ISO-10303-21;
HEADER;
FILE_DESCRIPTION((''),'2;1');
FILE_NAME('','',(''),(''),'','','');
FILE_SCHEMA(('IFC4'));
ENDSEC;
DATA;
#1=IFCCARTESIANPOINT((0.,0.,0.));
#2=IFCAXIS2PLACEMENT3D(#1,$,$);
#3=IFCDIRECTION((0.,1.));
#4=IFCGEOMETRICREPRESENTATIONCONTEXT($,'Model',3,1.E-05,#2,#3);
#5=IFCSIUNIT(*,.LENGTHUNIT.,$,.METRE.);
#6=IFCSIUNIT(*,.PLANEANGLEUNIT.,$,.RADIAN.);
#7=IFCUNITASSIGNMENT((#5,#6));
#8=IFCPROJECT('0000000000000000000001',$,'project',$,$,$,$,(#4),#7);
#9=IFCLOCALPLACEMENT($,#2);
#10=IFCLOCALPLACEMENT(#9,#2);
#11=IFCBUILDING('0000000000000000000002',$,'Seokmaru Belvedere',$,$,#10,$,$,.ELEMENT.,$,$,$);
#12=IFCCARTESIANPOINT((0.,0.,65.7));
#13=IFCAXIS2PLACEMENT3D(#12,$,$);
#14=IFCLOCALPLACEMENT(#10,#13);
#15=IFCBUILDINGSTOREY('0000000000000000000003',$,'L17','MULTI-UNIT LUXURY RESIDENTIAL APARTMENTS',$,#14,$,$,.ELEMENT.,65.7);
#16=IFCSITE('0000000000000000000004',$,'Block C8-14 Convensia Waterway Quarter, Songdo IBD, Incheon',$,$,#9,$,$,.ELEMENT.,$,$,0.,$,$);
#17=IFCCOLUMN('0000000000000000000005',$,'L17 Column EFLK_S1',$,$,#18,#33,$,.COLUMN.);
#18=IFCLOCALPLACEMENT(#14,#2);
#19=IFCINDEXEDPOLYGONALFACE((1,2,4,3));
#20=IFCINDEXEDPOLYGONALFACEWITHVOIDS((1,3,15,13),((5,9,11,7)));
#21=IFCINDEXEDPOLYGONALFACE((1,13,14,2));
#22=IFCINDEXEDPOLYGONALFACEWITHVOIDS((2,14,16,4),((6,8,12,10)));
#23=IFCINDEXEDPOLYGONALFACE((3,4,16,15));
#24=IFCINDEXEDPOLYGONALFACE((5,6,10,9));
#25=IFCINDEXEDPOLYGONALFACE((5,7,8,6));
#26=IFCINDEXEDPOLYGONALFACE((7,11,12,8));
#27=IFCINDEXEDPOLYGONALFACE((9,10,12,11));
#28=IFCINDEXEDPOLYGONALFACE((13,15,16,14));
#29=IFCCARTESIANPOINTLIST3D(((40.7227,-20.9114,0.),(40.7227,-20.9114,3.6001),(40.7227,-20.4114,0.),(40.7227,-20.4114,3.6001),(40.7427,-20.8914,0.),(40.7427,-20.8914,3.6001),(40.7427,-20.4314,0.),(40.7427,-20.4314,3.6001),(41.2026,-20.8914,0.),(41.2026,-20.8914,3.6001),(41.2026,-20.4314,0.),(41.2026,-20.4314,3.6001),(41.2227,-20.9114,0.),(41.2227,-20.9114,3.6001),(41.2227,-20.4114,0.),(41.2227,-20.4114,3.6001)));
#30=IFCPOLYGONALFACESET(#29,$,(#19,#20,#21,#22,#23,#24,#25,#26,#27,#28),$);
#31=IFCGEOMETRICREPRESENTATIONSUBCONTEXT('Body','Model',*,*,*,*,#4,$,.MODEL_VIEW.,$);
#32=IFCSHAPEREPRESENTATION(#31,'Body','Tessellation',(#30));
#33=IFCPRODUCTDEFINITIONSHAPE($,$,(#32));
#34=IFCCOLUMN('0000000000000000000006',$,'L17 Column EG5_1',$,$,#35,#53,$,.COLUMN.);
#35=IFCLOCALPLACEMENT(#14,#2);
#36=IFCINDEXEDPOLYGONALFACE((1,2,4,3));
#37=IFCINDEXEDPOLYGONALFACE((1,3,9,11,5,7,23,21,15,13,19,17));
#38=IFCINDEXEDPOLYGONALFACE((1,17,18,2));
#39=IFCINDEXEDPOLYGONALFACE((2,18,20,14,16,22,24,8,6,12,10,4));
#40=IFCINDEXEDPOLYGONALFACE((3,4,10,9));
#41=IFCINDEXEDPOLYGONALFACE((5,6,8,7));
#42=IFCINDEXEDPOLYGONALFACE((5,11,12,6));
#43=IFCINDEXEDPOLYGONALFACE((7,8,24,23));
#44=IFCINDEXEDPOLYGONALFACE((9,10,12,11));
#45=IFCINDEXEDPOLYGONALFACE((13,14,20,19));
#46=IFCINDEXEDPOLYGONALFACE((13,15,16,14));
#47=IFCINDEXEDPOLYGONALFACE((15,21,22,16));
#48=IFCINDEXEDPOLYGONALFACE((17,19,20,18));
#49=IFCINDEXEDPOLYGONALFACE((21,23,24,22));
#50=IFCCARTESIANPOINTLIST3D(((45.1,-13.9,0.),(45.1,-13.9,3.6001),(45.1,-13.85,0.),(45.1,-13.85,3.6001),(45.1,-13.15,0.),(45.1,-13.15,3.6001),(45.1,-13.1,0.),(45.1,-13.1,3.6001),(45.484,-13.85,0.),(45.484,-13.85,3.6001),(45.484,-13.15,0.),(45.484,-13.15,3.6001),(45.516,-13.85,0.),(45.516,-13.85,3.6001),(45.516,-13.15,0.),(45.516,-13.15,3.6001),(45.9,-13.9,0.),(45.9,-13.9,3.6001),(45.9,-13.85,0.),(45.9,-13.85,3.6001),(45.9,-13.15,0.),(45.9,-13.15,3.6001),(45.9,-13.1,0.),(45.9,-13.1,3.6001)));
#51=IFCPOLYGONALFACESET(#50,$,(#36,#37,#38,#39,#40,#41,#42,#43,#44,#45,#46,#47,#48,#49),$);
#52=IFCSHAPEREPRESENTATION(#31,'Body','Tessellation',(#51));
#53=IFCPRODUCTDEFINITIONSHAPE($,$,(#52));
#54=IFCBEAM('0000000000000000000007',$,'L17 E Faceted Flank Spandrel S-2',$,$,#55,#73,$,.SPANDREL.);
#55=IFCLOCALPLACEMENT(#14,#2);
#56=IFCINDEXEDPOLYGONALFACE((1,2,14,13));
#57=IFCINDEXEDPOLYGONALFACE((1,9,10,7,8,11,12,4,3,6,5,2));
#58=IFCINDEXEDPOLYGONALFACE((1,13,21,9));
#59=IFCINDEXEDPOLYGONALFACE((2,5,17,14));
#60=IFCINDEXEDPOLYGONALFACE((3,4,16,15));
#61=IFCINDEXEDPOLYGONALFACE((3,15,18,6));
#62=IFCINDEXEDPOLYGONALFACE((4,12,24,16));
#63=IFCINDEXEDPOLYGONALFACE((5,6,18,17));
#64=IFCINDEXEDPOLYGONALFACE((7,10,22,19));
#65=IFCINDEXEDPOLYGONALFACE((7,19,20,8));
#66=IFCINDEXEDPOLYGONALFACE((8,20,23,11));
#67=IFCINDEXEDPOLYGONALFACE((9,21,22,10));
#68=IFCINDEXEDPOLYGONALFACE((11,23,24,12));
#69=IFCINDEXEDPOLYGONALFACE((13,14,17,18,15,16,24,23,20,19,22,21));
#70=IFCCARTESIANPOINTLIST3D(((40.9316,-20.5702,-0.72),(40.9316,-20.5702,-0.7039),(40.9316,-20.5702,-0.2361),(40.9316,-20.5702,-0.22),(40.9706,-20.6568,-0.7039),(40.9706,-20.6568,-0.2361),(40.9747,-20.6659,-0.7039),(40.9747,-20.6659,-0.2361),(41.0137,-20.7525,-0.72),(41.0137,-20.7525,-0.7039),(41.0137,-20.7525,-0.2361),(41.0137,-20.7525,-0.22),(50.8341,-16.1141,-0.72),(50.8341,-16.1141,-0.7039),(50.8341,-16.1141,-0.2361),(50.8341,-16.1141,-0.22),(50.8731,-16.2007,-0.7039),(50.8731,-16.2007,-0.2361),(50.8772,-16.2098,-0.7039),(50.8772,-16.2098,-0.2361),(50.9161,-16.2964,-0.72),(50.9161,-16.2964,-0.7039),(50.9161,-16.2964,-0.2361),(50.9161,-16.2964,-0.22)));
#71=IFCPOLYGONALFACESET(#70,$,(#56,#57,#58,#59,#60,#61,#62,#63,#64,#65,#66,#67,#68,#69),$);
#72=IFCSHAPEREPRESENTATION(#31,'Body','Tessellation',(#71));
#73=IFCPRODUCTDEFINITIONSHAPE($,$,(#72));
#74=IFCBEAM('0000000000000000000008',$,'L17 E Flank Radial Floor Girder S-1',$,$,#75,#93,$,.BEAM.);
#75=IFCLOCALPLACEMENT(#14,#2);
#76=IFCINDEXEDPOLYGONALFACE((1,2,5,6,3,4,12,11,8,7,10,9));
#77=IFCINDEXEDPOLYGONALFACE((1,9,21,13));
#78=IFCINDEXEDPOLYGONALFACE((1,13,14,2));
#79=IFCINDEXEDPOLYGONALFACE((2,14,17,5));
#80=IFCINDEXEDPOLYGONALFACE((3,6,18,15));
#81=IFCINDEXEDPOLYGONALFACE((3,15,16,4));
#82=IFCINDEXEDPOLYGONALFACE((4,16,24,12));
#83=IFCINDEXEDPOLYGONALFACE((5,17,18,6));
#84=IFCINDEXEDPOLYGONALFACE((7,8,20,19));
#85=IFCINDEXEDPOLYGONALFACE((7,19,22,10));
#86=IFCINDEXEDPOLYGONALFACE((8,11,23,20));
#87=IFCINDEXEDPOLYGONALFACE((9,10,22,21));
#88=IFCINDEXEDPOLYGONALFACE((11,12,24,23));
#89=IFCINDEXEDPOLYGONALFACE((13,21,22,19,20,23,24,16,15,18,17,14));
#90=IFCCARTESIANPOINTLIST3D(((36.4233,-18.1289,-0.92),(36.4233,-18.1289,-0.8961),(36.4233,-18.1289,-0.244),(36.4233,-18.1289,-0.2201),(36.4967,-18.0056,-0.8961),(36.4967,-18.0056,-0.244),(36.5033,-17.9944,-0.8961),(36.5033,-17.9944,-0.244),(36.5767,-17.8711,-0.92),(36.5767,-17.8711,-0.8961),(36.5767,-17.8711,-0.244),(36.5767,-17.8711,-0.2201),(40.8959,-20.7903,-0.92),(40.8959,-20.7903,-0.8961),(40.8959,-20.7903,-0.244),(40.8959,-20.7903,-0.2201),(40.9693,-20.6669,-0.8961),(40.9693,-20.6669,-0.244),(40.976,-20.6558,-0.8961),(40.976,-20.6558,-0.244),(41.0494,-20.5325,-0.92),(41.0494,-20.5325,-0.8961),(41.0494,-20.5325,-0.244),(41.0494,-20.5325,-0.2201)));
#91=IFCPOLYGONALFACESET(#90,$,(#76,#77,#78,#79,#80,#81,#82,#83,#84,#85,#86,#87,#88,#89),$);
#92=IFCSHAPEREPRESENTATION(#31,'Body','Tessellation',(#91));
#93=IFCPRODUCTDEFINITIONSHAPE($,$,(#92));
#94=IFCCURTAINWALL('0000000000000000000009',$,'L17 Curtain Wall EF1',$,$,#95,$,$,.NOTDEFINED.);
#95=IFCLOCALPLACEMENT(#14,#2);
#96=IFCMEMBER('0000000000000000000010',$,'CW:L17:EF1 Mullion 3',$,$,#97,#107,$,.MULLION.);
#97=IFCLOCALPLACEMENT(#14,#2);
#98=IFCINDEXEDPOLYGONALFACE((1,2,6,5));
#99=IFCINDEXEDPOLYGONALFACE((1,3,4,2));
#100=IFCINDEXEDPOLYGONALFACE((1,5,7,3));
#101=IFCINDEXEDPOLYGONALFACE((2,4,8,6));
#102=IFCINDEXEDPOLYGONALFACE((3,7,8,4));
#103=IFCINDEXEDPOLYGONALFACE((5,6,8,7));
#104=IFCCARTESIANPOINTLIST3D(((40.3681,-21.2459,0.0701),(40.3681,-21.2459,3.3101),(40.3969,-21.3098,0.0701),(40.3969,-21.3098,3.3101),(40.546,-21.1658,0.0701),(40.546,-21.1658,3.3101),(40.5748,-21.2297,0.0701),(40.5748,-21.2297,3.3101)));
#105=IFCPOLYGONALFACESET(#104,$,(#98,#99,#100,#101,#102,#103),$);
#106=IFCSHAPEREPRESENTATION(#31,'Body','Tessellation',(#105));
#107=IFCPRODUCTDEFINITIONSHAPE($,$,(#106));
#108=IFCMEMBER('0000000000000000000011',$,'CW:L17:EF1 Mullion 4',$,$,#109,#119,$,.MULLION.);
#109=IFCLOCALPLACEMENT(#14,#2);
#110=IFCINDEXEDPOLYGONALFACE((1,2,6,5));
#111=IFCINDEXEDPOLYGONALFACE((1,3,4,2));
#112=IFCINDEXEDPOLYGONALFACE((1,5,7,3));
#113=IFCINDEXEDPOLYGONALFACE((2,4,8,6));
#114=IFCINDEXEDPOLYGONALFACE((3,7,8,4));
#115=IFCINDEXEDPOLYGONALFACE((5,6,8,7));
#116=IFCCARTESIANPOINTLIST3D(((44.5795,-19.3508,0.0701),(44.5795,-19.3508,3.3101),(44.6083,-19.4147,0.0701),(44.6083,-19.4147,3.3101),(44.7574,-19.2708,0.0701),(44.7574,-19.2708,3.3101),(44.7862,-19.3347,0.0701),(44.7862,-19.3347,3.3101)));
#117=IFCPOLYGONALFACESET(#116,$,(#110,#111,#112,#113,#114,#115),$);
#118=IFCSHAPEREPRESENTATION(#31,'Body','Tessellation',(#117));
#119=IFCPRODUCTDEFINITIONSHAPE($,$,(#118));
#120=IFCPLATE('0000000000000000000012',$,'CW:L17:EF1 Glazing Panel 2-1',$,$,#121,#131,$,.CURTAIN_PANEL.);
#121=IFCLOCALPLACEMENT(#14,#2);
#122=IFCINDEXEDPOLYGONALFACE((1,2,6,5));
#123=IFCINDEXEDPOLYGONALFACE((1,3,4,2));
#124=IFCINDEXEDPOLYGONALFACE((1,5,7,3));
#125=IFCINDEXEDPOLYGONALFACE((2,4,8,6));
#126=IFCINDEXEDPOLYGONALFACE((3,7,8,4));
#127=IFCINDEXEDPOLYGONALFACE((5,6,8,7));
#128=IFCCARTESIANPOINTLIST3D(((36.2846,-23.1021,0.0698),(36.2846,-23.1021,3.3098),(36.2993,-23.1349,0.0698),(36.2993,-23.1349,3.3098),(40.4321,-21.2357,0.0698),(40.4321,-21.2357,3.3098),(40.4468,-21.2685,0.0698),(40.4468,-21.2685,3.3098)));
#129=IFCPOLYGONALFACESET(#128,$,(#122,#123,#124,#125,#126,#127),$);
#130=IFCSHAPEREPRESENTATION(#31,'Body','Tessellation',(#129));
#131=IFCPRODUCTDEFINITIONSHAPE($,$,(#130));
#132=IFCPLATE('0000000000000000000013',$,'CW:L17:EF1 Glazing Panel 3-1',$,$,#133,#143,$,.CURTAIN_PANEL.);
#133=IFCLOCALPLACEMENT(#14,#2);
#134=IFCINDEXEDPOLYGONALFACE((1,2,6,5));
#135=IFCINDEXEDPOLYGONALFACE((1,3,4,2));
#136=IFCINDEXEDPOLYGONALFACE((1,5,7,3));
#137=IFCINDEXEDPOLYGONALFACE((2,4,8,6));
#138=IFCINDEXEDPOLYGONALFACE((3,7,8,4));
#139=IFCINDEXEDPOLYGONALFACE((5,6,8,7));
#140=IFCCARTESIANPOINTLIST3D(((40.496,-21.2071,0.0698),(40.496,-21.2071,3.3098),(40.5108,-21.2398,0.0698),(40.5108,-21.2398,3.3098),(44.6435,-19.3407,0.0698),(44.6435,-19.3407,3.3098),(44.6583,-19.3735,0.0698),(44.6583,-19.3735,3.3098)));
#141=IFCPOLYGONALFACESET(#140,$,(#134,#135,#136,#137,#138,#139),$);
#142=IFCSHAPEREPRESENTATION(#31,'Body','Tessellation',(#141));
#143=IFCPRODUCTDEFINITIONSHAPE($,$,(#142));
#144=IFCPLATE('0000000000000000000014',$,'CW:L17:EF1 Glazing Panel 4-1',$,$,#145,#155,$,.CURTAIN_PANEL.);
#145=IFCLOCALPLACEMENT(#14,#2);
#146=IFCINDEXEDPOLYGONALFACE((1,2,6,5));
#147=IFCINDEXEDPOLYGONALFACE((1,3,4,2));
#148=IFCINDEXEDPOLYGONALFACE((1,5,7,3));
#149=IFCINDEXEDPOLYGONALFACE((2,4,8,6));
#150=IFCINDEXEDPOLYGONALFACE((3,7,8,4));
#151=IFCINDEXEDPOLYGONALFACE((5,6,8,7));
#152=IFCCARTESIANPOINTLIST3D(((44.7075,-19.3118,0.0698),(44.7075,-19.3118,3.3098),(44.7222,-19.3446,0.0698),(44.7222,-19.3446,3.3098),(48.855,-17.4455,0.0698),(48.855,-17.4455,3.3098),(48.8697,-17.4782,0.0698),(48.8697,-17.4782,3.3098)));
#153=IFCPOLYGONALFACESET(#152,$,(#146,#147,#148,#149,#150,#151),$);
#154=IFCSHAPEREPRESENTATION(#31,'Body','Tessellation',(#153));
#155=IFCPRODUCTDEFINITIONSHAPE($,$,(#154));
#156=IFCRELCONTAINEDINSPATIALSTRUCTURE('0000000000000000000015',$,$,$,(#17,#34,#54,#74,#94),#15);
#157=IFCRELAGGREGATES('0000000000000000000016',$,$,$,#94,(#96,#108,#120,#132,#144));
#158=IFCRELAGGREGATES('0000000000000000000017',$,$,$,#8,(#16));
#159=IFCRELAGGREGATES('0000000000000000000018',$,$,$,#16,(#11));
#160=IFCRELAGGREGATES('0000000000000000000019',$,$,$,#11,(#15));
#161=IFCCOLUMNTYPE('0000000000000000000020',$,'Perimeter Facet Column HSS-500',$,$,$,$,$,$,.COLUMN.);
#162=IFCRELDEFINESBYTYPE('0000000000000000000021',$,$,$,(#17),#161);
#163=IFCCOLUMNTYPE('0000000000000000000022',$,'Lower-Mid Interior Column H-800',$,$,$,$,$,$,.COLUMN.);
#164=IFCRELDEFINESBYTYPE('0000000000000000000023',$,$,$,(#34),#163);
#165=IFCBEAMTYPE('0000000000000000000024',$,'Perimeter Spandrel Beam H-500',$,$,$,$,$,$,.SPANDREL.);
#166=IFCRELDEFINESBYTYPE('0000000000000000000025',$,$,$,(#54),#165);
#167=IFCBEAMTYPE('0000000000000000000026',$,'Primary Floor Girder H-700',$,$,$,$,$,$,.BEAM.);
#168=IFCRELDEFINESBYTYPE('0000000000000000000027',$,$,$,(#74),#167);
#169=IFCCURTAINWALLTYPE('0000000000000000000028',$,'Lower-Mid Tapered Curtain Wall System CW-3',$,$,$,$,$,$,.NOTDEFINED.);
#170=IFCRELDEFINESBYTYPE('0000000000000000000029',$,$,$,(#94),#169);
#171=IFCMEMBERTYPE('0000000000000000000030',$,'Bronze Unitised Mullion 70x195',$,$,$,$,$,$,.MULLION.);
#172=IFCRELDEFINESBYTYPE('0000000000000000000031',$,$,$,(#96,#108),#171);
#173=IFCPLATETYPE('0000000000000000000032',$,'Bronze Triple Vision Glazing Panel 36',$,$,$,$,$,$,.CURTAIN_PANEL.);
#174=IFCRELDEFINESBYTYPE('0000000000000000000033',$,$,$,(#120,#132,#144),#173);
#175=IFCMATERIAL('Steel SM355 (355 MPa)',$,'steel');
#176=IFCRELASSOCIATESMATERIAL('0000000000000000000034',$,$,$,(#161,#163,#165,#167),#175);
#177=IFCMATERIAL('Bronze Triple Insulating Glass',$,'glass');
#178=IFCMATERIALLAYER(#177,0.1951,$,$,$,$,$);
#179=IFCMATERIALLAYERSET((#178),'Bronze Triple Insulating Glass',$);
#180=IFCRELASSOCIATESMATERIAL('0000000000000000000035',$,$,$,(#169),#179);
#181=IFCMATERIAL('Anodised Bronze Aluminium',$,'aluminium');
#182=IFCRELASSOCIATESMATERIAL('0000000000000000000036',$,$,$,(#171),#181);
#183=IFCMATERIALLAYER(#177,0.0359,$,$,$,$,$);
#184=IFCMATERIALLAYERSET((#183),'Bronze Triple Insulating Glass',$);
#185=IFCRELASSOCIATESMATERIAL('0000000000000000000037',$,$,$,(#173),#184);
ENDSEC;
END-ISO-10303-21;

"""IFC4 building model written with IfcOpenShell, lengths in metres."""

from ifc_helpers import new_model, si_unit, direction, frame, origin, origin_2d, place, context, subcontext, project, spatial, rectangle, hollow_rectangle, i_section, extrude, source, transform, mapped, material, layer, layer_set, material_profile, profile_set, type_object, type_shapes, element, aggregate, save


model = new_model("IFC4")

# Units and contexts
model_context = context("Model", 3, precision=1e-05, world=origin(), true_north=direction((0.0, 1.0)))
body_context = subcontext(model_context, "Body", "Model", "MODEL_VIEW")
ifc_project = project(units=[si_unit("LENGTHUNIT", "METRE"), si_unit("PLANEANGLEUNIT", "RADIAN")], contexts=[model_context])

# Site, building, storey
site_placement = place(None, origin())
site = spatial("IfcSite", under=ifc_project, at=site_placement, Name="Block C8-14 Convensia Waterway Quarter, Songdo IBD, Incheon", CompositionType="ELEMENT", RefElevation=0.0)
building_placement = place(site_placement, origin())
building = spatial("IfcBuilding", under=site, at=building_placement, Name="Seokmaru Belvedere", CompositionType="ELEMENT")
storey_placement = place(building_placement, frame((0.0, 0.0, 65.7)))
storey = spatial("IfcBuildingStorey", under=building, at=storey_placement, Name="L17", Description="MULTI-UNIT LUXURY RESIDENTIAL APARTMENTS", CompositionType="ELEMENT", Elevation=65.7)

# Columns
ifc_material_1 = material(Name="Steel SM355 (355 MPa)", Category="steel")
ifc_material_profile_1 = material_profile(ifc_material_1, hollow_rectangle(XDim=0.5, YDim=0.5, WallThickness=0.02, at=origin_2d()), Name="HSS-500x500x20")
ifc_profile_set_1 = profile_set([ifc_material_profile_1], Name="Steel SM355 (355 MPa)")
column_type_1 = type_object("IfcColumnType", Name="Perimeter Facet Column HSS-500", PredefinedType="COLUMN", material=ifc_profile_set_1)
shared_shape_1 = source(origin(), body_context, "Body", "SweptSolid", [
    extrude(hollow_rectangle(XDim=0.5, YDim=0.5, WallThickness=0.02, at=origin_2d()), origin(), (0.0, 0.0, 1.0), 3.6001),
])
type_shapes(column_type_1, [shared_shape_1])
column_1_placement = place(storey_placement, frame((40.9727, -20.6614, 0.0), z_axis=(0.0, 0.0, 1.0), x_axis=(1.0, 0.0, 0.0)))
element("IfcColumn", 1, at=column_1_placement, inside=storey, type_object=column_type_1, Name="L17 Column EFLK_S1", PredefinedType="COLUMN", context=body_context, shape_type="MappedRepresentation", body=[
    mapped(shared_shape_1, transform((0.0, 0.0, 0.0), scale=1.0)),
])
ifc_material_profile_2 = material_profile(ifc_material_1, i_section(OverallWidth=0.8, OverallDepth=0.8, WebThickness=0.032, FlangeThickness=0.05, at=origin_2d()), Name="H-800x800x32x50")
ifc_profile_set_2 = profile_set([ifc_material_profile_2], Name="Steel SM355 (355 MPa)")
column_type_2 = type_object("IfcColumnType", Name="Lower-Mid Interior Column H-800", PredefinedType="COLUMN", material=ifc_profile_set_2)
shared_shape_2 = source(origin(), body_context, "Body", "SweptSolid", [
    extrude(i_section(OverallWidth=0.8, OverallDepth=0.8, WebThickness=0.032, FlangeThickness=0.05, at=origin_2d()), origin(), (0.0, 0.0, 1.0), 3.6001),
])
type_shapes(column_type_2, [shared_shape_2])
column_2_placement = place(storey_placement, frame((45.5, -13.5, 0.0), z_axis=(0.0, 0.0, 1.0), x_axis=(1.0, 0.0, 0.0)))
element("IfcColumn", 2, at=column_2_placement, inside=storey, type_object=column_type_2, Name="L17 Column EG5_1", PredefinedType="COLUMN", context=body_context, shape_type="MappedRepresentation", body=[
    mapped(shared_shape_2, transform((0.0, 0.0, 0.0), scale=1.0)),
])

# Beams
ifc_material_profile_3 = material_profile(ifc_material_1, i_section(OverallWidth=0.2, OverallDepth=0.5, WebThickness=0.01, FlangeThickness=0.0161, at=origin_2d()), Name="H-500x200x10x16")
ifc_profile_set_3 = profile_set([ifc_material_profile_3], Name="Steel SM355 (355 MPa)")
beam_type_1 = type_object("IfcBeamType", Name="Perimeter Spandrel Beam H-500", PredefinedType="SPANDREL", material=ifc_profile_set_3)
shared_shape_3 = source(origin(), body_context, "Body", "SweptSolid", [
    extrude(i_section(OverallWidth=0.2, OverallDepth=0.5, WebThickness=0.01, FlangeThickness=0.0161, at=origin_2d()), origin(), (0.0, 0.0, 1.0), 10.8589),
])
type_shapes(beam_type_1, [shared_shape_3])
beam_1_placement = place(storey_placement, frame((40.9727, -20.6614, -0.47), z_axis=(0.911922, 0.410365, 0.0), x_axis=(-0.410365, 0.911922, 0.0)))
element("IfcBeam", 3, at=beam_1_placement, inside=storey, type_object=beam_type_1, Name="L17 E Faceted Flank Spandrel S-2", PredefinedType="SPANDREL", context=body_context, shape_type="MappedRepresentation", body=[
    mapped(shared_shape_3, transform((0.0, 0.0, 0.0), scale=1.0)),
])
ifc_material_profile_4 = material_profile(ifc_material_1, i_section(OverallWidth=0.3, OverallDepth=0.7, WebThickness=0.0129, FlangeThickness=0.0239, at=origin_2d()), Name="H-700x300x13x24")
ifc_profile_set_4 = profile_set([ifc_material_profile_4], Name="Steel SM355 (355 MPa)")
beam_type_2 = type_object("IfcBeamType", Name="Primary Floor Girder H-700", PredefinedType="BEAM", material=ifc_profile_set_4)
shared_shape_4 = source(origin(), body_context, "Body", "SweptSolid", [
    extrude(i_section(OverallWidth=0.3, OverallDepth=0.7, WebThickness=0.0129, FlangeThickness=0.0239, at=origin_2d()), origin(), (0.0, 0.0, 1.0), 5.2046),
])
type_shapes(beam_type_2, [shared_shape_4])
beam_2_placement = place(storey_placement, frame((40.9727, -20.6614, -0.5701), z_axis=(-0.85937, 0.511354, 0.0), x_axis=(-0.511354, -0.85937, 0.0)))
element("IfcBeam", 4, at=beam_2_placement, inside=storey, type_object=beam_type_2, Name="L17 E Flank Radial Floor Girder S-1", PredefinedType="BEAM", context=body_context, shape_type="MappedRepresentation", body=[
    mapped(shared_shape_4, transform((0.0, 0.0, 0.0), scale=1.0)),
])

# Curtain wall, members, plates
ifc_material_2 = material(Name="Bronze Triple Insulating Glass", Category="glass")
ifc_layer_1 = layer(ifc_material_2, 0.1951)
ifc_layer_set_1 = layer_set([ifc_layer_1], Name="Bronze Triple Insulating Glass")
curtain_wall_type = type_object("IfcCurtainWallType", Name="Lower-Mid Tapered Curtain Wall System CW-3", PredefinedType="NOTDEFINED", material=ifc_layer_set_1)
curtain_wall_placement = place(storey_placement, origin())
curtain_wall = element("IfcCurtainWall", 5, at=curtain_wall_placement, inside=storey, type_object=curtain_wall_type, Name="L17 Curtain Wall EF1", PredefinedType="NOTDEFINED")
ifc_material_3 = material(Name="Anodised Bronze Aluminium", Category="aluminium")
ifc_material_profile_5 = material_profile(ifc_material_3, rectangle(XDim=0.0701, YDim=0.1951, at=origin_2d()), Name="CW-M-70x195")
ifc_profile_set_5 = profile_set([ifc_material_profile_5], Name="Anodised Bronze Aluminium")
member_type = type_object("IfcMemberType", Name="Bronze Unitised Mullion 70x195", PredefinedType="MULLION", material=ifc_profile_set_5)
shared_shape_5 = source(origin(), body_context, "Body", "SweptSolid", [
    extrude(rectangle(XDim=0.0701, YDim=0.1951, at=origin_2d()), origin(), (0.0, 0.0, 1.0), 3.24),
])
type_shapes(member_type, [shared_shape_5])
member_1_placement = place(storey_placement, frame((40.4714, -21.2378, 0.0701), z_axis=(0.0, 0.0, 1.0), x_axis=(-0.410366, 0.911921, 0.0)))
member_1 = element("IfcMember", 6, at=member_1_placement, type_object=member_type, Name="CW:L17:EF1 Mullion 3", PredefinedType="MULLION", context=body_context, shape_type="MappedRepresentation", body=[
    mapped(shared_shape_5, transform((0.0, 0.0, 0.0), scale=1.0)),
])
member_2_placement = place(storey_placement, frame((44.6829, -19.3428, 0.0701), z_axis=(0.0, 0.0, 1.0), x_axis=(-0.410366, 0.911921, 0.0)))
member_2 = element("IfcMember", 7, at=member_2_placement, type_object=member_type, Name="CW:L17:EF1 Mullion 4", PredefinedType="MULLION", context=body_context, shape_type="MappedRepresentation", body=[
    mapped(shared_shape_5, transform((0.0, 0.0, 0.0), scale=1.0)),
])
ifc_layer_2 = layer(ifc_material_2, 0.0359)
ifc_layer_set_2 = layer_set([ifc_layer_2], Name="Bronze Triple Insulating Glass")
plate_type = type_object("IfcPlateType", Name="Bronze Triple Vision Glazing Panel 36", PredefinedType="CURTAIN_PANEL", material=ifc_layer_set_2)
shared_shape_6 = source(origin(), body_context, "Body", "SweptSolid", [
    extrude(rectangle(XDim=4.5481, YDim=0.0359, at=origin_2d()), origin(), (0.0, 0.0, 1.0), 3.24),
])
type_shapes(plate_type, [shared_shape_6])
plate_1_placement = place(storey_placement, frame((38.3657, -22.1853, 0.0698), z_axis=(0.0, 0.0, 1.0), x_axis=(0.911921, 0.410366, 0.0)))
plate_1 = element("IfcPlate", 8, at=plate_1_placement, type_object=plate_type, Name="CW:L17:EF1 Glazing Panel 2-1", PredefinedType="CURTAIN_PANEL", context=body_context, shape_type="MappedRepresentation", body=[
    mapped(shared_shape_6, transform((0.0, 0.0, 0.0), scale=1.0)),
])
plate_2_placement = place(storey_placement, frame((42.5771, -20.2903, 0.0698), z_axis=(0.0, 0.0, 1.0), x_axis=(0.911921, 0.410366, 0.0)))
plate_2 = element("IfcPlate", 9, at=plate_2_placement, type_object=plate_type, Name="CW:L17:EF1 Glazing Panel 3-1", PredefinedType="CURTAIN_PANEL", context=body_context, shape_type="MappedRepresentation", body=[
    mapped(shared_shape_6, transform((0.0, 0.0, 0.0), scale=1.0)),
])
plate_3_placement = place(storey_placement, frame((46.7886, -18.395, 0.0698), z_axis=(0.0, 0.0, 1.0), x_axis=(0.911921, 0.410366, 0.0)))
plate_3 = element("IfcPlate", 10, at=plate_3_placement, type_object=plate_type, Name="CW:L17:EF1 Glazing Panel 4-1", PredefinedType="CURTAIN_PANEL", context=body_context, shape_type="MappedRepresentation", body=[
    mapped(shared_shape_6, transform((0.0, 0.0, 0.0), scale=1.0)),
])
aggregate(curtain_wall, [member_1, member_2, plate_1, plate_2, plate_3])

save(model, "model.ifc")
